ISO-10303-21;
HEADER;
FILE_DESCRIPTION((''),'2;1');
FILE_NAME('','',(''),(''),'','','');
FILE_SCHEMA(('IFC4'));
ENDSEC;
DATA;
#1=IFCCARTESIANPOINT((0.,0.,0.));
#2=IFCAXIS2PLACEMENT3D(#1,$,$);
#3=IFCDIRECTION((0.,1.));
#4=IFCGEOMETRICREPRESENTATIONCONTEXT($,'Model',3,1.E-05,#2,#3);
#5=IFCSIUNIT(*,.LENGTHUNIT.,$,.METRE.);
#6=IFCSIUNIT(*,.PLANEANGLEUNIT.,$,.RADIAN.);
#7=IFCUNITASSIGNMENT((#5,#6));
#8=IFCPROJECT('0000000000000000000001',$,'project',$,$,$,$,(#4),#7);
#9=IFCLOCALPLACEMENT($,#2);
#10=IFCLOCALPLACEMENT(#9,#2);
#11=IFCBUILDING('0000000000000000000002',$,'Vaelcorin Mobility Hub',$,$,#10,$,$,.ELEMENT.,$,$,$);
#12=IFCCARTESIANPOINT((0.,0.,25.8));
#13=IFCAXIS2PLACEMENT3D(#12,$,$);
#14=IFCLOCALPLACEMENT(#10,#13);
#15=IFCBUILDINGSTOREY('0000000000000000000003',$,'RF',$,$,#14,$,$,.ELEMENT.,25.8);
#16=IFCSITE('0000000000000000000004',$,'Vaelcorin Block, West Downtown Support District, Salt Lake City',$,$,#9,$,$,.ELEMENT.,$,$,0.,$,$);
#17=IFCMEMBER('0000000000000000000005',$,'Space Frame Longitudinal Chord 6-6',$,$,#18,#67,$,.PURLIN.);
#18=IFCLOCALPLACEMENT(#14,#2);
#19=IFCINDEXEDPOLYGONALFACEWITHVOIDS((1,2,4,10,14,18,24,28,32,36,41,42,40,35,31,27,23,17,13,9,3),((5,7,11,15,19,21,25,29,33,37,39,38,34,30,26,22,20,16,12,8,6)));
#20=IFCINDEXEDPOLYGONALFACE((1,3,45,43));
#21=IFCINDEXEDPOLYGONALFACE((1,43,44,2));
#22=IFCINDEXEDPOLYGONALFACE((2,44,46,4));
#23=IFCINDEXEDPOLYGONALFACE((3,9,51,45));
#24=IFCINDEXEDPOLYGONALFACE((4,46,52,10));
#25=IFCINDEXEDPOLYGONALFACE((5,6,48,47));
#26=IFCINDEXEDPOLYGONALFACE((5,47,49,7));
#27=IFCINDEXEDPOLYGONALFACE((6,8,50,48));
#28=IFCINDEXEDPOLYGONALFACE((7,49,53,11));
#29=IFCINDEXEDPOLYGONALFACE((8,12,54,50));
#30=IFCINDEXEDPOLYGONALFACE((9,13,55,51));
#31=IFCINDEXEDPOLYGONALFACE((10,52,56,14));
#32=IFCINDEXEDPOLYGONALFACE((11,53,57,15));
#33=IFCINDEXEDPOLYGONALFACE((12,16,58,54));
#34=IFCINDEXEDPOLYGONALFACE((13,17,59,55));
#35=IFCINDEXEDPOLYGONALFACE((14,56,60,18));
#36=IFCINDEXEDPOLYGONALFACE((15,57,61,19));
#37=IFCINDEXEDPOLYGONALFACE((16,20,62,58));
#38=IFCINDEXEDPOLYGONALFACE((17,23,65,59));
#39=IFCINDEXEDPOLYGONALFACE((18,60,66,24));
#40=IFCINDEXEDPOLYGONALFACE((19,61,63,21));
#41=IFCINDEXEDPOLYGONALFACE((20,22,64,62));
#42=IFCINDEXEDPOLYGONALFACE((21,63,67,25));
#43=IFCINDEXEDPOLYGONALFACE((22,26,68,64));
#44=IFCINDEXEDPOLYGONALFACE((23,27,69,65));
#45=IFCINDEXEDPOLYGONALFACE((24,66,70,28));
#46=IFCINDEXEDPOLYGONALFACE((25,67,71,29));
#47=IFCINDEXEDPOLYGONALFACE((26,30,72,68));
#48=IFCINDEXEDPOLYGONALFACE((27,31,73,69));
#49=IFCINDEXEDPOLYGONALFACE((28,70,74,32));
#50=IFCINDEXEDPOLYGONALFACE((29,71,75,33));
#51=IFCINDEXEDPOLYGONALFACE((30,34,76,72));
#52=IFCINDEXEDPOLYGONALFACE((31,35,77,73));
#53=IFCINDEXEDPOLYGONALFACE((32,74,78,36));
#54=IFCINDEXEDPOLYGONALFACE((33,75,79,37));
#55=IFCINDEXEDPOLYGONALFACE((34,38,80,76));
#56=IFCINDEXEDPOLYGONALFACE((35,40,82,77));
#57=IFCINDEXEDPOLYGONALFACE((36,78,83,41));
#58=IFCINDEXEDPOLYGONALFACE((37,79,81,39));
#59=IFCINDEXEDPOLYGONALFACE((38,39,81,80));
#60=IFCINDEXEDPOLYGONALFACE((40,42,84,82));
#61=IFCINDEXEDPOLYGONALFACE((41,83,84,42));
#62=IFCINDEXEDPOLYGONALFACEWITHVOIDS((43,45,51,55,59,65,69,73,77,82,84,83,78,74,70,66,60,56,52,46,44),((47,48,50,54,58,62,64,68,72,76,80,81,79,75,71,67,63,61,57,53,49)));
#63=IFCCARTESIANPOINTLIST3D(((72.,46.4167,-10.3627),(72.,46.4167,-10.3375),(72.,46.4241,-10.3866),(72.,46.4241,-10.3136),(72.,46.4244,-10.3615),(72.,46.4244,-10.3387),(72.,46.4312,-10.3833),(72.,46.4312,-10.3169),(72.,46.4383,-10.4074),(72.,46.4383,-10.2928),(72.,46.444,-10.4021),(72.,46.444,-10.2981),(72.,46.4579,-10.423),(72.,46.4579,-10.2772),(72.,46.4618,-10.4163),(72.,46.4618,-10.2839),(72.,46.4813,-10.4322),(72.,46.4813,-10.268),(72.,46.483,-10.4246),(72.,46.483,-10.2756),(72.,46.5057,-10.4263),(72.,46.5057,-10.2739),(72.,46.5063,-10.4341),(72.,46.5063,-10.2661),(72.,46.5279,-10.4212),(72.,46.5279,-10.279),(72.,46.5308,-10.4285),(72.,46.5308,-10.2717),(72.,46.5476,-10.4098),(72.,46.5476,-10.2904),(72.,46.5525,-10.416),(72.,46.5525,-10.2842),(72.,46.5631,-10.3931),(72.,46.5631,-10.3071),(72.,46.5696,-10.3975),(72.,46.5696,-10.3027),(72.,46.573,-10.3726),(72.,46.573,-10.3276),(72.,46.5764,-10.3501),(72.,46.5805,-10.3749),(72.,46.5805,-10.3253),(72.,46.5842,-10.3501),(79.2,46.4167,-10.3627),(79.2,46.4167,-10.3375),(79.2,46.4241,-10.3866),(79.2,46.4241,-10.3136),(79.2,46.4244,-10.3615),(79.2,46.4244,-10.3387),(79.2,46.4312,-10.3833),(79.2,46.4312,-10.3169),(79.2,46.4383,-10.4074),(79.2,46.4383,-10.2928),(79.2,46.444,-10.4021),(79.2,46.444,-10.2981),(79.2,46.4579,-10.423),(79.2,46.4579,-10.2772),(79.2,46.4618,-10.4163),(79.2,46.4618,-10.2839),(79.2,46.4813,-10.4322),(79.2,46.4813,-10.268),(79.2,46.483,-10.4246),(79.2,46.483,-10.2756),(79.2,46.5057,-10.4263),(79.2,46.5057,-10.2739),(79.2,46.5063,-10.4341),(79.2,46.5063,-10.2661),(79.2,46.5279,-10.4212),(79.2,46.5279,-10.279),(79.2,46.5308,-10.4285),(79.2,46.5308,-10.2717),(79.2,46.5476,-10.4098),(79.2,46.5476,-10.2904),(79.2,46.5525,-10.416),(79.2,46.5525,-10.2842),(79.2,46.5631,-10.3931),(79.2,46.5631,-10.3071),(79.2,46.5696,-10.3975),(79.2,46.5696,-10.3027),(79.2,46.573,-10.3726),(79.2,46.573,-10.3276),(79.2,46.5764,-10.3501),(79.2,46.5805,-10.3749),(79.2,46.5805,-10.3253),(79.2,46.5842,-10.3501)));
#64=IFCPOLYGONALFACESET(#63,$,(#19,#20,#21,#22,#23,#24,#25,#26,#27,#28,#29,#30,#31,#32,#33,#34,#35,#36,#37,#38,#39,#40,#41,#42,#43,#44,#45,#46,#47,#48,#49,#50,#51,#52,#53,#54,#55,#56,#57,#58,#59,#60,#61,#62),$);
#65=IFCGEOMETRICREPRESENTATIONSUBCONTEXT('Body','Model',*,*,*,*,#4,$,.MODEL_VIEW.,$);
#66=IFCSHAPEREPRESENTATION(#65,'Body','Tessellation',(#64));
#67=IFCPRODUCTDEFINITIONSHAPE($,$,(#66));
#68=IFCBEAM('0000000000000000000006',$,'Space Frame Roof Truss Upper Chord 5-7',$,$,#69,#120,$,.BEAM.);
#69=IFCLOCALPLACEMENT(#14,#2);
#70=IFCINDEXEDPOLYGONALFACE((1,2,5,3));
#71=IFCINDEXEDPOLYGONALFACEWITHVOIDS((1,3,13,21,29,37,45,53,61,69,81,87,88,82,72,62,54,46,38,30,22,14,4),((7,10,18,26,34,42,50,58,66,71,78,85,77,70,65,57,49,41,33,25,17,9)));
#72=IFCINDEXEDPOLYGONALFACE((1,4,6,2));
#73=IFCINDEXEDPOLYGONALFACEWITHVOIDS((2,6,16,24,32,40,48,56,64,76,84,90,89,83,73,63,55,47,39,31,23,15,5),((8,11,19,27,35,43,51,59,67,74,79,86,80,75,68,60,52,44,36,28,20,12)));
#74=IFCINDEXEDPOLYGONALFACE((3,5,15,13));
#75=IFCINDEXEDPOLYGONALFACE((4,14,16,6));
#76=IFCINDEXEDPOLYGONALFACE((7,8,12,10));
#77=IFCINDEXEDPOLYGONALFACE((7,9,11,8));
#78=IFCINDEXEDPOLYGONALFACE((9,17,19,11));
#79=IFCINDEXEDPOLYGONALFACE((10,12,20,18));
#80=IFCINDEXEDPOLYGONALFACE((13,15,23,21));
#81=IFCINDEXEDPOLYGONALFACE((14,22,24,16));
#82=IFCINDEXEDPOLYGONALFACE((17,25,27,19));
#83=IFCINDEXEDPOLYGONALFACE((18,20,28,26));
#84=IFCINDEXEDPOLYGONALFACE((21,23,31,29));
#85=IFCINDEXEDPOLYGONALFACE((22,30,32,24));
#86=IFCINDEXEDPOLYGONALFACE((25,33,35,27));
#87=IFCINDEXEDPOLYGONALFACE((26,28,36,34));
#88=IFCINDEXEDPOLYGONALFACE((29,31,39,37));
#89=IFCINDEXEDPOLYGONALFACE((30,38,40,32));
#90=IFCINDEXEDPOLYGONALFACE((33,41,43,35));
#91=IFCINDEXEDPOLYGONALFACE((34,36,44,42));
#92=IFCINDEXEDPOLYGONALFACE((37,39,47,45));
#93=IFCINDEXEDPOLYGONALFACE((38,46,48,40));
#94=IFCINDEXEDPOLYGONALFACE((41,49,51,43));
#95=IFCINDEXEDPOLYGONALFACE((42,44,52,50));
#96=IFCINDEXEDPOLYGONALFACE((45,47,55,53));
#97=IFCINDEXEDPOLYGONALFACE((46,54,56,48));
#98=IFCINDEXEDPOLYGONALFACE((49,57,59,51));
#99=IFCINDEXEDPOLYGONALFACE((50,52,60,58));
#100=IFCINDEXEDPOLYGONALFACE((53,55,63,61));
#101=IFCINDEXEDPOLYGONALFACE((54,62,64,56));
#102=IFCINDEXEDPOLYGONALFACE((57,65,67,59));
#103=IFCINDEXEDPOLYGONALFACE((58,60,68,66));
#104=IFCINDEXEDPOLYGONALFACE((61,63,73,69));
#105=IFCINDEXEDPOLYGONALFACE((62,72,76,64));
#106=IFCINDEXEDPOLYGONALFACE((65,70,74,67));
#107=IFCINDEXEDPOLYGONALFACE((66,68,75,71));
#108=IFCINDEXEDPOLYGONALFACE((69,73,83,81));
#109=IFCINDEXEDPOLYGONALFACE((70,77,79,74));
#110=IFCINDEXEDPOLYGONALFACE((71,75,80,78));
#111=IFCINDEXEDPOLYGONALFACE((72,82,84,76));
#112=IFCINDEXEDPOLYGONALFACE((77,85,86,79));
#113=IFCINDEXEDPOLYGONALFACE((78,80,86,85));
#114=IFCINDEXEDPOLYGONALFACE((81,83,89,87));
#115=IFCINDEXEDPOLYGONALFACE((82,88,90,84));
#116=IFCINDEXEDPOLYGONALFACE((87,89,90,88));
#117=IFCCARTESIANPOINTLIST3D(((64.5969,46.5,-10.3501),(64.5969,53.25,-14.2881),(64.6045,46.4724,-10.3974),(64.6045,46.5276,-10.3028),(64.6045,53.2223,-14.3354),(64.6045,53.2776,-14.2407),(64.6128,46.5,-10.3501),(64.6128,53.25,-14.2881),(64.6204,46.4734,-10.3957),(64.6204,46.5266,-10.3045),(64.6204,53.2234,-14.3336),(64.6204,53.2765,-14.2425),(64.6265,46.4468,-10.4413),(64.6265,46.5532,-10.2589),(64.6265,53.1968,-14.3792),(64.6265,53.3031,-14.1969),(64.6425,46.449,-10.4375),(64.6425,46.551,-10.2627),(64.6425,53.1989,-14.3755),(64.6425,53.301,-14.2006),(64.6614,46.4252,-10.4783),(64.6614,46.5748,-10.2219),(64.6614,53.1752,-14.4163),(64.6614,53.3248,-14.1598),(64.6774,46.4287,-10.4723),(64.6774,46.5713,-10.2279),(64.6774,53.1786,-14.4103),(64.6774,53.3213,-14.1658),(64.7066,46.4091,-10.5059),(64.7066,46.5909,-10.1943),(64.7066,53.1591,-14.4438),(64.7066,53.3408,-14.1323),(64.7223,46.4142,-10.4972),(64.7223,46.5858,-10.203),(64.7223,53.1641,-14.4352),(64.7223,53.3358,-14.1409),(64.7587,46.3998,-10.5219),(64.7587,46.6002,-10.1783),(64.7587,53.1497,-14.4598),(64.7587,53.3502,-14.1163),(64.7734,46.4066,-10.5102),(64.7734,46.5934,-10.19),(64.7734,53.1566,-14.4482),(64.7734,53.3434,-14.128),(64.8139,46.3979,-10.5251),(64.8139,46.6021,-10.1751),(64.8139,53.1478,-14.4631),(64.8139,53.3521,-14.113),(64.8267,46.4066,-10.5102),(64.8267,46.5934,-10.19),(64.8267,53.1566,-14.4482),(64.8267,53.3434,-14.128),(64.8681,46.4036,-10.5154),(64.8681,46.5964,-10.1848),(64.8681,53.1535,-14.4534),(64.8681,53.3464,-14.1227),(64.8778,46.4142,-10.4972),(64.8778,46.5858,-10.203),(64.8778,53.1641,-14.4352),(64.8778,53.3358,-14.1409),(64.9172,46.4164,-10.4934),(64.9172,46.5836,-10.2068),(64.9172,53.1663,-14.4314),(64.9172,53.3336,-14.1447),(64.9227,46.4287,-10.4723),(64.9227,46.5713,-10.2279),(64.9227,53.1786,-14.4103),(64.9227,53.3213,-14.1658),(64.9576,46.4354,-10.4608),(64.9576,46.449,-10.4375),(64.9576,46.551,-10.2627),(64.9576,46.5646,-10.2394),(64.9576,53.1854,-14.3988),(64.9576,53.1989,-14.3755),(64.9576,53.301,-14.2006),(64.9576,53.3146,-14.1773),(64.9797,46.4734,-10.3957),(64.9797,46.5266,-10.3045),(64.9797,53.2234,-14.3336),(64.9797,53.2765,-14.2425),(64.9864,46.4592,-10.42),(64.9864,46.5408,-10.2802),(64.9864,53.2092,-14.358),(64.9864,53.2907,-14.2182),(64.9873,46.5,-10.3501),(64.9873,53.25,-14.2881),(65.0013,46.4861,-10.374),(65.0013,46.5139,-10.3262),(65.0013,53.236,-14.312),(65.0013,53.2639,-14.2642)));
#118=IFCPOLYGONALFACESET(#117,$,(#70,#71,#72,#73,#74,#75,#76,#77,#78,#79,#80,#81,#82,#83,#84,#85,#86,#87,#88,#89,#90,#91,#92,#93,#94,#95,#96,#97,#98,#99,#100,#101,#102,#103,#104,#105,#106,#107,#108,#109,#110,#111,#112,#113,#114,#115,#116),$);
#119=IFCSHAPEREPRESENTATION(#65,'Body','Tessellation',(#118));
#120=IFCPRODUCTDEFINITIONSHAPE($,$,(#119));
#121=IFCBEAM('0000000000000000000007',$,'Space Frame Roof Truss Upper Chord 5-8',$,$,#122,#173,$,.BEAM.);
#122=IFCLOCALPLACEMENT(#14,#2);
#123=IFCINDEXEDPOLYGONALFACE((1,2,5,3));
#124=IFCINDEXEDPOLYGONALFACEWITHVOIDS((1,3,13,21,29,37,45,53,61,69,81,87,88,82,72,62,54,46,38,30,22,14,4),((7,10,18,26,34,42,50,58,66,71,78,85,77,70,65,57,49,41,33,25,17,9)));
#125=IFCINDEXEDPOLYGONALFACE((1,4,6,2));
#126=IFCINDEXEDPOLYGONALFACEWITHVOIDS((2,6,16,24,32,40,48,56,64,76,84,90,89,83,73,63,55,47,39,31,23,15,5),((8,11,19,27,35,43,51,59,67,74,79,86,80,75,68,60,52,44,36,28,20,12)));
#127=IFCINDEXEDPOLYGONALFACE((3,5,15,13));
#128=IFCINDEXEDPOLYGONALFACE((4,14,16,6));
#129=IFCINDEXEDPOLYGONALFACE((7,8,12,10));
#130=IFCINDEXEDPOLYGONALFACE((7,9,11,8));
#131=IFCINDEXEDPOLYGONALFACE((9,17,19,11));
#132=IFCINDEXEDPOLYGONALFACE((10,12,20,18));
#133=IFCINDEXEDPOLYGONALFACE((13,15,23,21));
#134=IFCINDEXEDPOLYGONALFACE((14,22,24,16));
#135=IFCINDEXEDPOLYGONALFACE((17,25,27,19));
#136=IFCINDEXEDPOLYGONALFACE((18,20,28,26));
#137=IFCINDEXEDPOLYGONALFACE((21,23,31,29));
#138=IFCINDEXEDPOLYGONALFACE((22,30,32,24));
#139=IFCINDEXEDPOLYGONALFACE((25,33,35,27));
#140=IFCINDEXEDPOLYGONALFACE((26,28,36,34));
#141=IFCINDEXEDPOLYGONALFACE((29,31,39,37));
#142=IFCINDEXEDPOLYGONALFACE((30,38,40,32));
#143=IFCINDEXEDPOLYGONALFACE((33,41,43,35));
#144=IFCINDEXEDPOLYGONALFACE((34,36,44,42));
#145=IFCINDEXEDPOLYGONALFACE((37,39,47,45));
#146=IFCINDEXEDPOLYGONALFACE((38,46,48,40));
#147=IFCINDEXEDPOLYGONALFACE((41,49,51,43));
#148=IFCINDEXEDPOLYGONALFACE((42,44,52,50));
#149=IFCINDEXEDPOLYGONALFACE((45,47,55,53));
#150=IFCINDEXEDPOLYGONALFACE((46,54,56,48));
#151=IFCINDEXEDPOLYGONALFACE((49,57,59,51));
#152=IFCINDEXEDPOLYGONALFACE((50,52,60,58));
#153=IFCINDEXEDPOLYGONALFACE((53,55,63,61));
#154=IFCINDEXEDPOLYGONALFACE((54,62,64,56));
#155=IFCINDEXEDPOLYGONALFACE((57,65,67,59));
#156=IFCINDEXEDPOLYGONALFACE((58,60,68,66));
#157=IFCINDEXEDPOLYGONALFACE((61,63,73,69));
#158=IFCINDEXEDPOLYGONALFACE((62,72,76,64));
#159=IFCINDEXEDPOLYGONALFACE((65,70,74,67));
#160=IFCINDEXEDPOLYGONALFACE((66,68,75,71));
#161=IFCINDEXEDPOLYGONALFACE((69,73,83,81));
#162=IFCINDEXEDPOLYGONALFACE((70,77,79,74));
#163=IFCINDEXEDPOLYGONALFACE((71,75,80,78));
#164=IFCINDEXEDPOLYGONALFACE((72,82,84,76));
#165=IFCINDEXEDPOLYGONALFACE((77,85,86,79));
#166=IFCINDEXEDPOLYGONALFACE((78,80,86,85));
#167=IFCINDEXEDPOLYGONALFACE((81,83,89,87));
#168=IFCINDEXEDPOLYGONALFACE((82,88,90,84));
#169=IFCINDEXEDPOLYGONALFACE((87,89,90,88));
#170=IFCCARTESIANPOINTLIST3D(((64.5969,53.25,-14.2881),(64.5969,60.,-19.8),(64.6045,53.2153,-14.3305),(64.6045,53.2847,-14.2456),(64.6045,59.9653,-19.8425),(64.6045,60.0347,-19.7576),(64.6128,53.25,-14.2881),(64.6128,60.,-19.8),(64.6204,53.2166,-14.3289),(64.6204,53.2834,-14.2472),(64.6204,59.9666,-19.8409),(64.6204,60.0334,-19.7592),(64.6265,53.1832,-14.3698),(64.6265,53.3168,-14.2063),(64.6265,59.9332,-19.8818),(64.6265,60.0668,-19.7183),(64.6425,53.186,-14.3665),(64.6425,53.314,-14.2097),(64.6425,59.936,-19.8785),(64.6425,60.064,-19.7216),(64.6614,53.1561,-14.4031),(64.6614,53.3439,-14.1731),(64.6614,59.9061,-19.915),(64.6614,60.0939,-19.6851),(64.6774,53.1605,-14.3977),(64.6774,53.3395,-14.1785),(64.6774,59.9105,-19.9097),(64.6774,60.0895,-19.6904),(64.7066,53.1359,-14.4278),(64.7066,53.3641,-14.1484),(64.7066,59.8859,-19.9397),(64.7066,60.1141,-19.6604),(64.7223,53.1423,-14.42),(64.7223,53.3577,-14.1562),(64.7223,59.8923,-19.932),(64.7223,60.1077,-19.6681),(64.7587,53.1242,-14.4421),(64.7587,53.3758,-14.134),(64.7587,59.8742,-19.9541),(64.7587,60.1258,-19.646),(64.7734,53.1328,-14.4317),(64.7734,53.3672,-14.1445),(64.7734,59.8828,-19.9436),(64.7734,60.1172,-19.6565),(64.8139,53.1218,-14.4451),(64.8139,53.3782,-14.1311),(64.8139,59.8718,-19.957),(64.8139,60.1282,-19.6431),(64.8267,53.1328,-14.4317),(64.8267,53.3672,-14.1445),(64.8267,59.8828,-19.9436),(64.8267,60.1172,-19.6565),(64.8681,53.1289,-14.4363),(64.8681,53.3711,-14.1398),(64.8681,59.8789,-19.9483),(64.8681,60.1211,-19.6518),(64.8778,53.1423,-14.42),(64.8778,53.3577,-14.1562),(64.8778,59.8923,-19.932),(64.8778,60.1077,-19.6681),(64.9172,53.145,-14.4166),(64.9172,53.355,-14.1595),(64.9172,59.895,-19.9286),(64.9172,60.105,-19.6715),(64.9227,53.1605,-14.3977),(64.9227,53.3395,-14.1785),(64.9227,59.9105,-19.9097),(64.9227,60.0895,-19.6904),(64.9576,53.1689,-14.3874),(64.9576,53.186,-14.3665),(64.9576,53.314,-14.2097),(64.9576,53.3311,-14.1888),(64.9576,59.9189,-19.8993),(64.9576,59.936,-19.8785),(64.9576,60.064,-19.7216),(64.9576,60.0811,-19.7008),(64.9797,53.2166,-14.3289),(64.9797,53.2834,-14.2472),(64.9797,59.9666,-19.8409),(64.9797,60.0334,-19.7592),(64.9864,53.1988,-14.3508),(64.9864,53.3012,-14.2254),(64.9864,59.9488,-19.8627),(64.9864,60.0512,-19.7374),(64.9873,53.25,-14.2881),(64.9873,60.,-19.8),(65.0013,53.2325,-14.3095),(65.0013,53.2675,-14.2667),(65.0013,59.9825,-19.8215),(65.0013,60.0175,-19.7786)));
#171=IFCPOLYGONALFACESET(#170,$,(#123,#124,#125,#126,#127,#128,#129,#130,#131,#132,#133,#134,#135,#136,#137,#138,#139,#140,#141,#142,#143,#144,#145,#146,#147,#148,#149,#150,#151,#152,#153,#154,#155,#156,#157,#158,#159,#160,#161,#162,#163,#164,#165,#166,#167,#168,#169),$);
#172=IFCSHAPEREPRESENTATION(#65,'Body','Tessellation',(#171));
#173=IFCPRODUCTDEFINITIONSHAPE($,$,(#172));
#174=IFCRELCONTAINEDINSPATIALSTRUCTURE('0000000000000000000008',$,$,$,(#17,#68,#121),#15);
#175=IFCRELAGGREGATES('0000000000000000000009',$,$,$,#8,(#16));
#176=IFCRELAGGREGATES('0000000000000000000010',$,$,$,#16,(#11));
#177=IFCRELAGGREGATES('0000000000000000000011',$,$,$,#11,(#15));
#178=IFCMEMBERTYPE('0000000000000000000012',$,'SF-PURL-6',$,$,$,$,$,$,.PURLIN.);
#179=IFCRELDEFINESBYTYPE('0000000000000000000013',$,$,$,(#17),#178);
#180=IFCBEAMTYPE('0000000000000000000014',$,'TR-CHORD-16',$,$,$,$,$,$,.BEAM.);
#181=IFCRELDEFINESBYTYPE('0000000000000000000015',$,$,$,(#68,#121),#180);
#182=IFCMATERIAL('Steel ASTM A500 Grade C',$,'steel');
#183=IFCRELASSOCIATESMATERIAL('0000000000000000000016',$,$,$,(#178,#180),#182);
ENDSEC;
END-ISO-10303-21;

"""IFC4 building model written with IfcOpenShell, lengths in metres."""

from ifc_helpers import new_model, si_unit, direction, frame, origin, origin_2d, place, context, subcontext, project, spatial, hollow_circle, extrude, material, material_profile, profile_set, type_object, element, save


model = new_model("IFC4")

# Units and contexts
model_context = context("Model", 3, precision=1e-05, world=origin(), true_north=direction((0.0, 1.0)))
body_context = subcontext(model_context, "Body", "Model", "MODEL_VIEW")
ifc_project = project(units=[si_unit("LENGTHUNIT", "METRE"), si_unit("PLANEANGLEUNIT", "RADIAN")], contexts=[model_context])

# Site, building, storey
site_placement = place(None, origin())
site = spatial("IfcSite", under=ifc_project, at=site_placement, Name="Vaelcorin Block, West Downtown Support District, Salt Lake City", CompositionType="ELEMENT", RefElevation=0.0)
building_placement = place(site_placement, origin())
building = spatial("IfcBuilding", under=site, at=building_placement, Name="Vaelcorin Mobility Hub", CompositionType="ELEMENT")
storey_placement = place(building_placement, frame((0.0, 0.0, 25.8)))
storey = spatial("IfcBuildingStorey", under=building, at=storey_placement, Name="RF", CompositionType="ELEMENT", Elevation=25.8)

# Member
ifc_material_1 = material(Name="Steel ASTM A500 Grade C", Category="steel")
ifc_material_profile_1 = material_profile(ifc_material_1, hollow_circle(Radius=0.0842, WallThickness=0.0078, at=origin_2d()), Name="HSS6.625X0.312")
ifc_profile_set_1 = profile_set([ifc_material_profile_1], Name="Steel ASTM A500 Grade C")
member_type_1 = type_object("IfcMemberType", Name="SF-PURL-6", PredefinedType="PURLIN", material=ifc_profile_set_1)
member_1_placement = place(storey_placement, frame((72.0, 46.5, -10.3501), z_axis=(1.0, 0.0, 0.0), x_axis=(0.0, 1.0, 0.0)))
element("IfcMember", 1, at=member_1_placement, inside=storey, type_object=member_type_1, Name="Space Frame Longitudinal Chord 6-6", PredefinedType="PURLIN", context=body_context, shape_type="SweptSolid", body=[
    extrude(hollow_circle(Radius=0.0842, WallThickness=0.0078, at=origin_2d()), origin(), (0.0, 0.0, 1.0), 7.2),
])

# Beams
ifc_material_profile_2 = material_profile(ifc_material_1, hollow_circle(Radius=0.2031, WallThickness=0.0159, at=origin_2d()), Name="HSS16.000X0.625")
ifc_profile_set_2 = profile_set([ifc_material_profile_2], Name="Steel ASTM A500 Grade C")
beam_type = type_object("IfcBeamType", Name="TR-CHORD-16", PredefinedType="BEAM", material=ifc_profile_set_2)
beam_1_placement = place(storey_placement, frame((64.8, 46.5, -10.3501), z_axis=(0.0, 0.863752, -0.503918), x_axis=(-1.0, 0.0, 0.0)))
element("IfcBeam", 2, at=beam_1_placement, inside=storey, type_object=beam_type, Name="Space Frame Roof Truss Upper Chord 5-7", PredefinedType="BEAM", context=body_context, shape_type="SweptSolid", body=[
    extrude(hollow_circle(Radius=0.2031, WallThickness=0.0159, at=origin_2d()), origin(), (0.0, 0.0, 1.0), 7.8147),
])
beam_2_placement = place(storey_placement, frame((64.8, 53.25, -14.2881), z_axis=(0.0, 0.774562, -0.632498), x_axis=(-1.0, 0.0, 0.0)))
element("IfcBeam", 3, at=beam_2_placement, inside=storey, type_object=beam_type, Name="Space Frame Roof Truss Upper Chord 5-8", PredefinedType="BEAM", context=body_context, shape_type="SweptSolid", body=[
    extrude(hollow_circle(Radius=0.2031, WallThickness=0.0159, at=origin_2d()), origin(), (0.0, 0.0, 1.0), 8.7146),
])

save(model, "model.ifc")
